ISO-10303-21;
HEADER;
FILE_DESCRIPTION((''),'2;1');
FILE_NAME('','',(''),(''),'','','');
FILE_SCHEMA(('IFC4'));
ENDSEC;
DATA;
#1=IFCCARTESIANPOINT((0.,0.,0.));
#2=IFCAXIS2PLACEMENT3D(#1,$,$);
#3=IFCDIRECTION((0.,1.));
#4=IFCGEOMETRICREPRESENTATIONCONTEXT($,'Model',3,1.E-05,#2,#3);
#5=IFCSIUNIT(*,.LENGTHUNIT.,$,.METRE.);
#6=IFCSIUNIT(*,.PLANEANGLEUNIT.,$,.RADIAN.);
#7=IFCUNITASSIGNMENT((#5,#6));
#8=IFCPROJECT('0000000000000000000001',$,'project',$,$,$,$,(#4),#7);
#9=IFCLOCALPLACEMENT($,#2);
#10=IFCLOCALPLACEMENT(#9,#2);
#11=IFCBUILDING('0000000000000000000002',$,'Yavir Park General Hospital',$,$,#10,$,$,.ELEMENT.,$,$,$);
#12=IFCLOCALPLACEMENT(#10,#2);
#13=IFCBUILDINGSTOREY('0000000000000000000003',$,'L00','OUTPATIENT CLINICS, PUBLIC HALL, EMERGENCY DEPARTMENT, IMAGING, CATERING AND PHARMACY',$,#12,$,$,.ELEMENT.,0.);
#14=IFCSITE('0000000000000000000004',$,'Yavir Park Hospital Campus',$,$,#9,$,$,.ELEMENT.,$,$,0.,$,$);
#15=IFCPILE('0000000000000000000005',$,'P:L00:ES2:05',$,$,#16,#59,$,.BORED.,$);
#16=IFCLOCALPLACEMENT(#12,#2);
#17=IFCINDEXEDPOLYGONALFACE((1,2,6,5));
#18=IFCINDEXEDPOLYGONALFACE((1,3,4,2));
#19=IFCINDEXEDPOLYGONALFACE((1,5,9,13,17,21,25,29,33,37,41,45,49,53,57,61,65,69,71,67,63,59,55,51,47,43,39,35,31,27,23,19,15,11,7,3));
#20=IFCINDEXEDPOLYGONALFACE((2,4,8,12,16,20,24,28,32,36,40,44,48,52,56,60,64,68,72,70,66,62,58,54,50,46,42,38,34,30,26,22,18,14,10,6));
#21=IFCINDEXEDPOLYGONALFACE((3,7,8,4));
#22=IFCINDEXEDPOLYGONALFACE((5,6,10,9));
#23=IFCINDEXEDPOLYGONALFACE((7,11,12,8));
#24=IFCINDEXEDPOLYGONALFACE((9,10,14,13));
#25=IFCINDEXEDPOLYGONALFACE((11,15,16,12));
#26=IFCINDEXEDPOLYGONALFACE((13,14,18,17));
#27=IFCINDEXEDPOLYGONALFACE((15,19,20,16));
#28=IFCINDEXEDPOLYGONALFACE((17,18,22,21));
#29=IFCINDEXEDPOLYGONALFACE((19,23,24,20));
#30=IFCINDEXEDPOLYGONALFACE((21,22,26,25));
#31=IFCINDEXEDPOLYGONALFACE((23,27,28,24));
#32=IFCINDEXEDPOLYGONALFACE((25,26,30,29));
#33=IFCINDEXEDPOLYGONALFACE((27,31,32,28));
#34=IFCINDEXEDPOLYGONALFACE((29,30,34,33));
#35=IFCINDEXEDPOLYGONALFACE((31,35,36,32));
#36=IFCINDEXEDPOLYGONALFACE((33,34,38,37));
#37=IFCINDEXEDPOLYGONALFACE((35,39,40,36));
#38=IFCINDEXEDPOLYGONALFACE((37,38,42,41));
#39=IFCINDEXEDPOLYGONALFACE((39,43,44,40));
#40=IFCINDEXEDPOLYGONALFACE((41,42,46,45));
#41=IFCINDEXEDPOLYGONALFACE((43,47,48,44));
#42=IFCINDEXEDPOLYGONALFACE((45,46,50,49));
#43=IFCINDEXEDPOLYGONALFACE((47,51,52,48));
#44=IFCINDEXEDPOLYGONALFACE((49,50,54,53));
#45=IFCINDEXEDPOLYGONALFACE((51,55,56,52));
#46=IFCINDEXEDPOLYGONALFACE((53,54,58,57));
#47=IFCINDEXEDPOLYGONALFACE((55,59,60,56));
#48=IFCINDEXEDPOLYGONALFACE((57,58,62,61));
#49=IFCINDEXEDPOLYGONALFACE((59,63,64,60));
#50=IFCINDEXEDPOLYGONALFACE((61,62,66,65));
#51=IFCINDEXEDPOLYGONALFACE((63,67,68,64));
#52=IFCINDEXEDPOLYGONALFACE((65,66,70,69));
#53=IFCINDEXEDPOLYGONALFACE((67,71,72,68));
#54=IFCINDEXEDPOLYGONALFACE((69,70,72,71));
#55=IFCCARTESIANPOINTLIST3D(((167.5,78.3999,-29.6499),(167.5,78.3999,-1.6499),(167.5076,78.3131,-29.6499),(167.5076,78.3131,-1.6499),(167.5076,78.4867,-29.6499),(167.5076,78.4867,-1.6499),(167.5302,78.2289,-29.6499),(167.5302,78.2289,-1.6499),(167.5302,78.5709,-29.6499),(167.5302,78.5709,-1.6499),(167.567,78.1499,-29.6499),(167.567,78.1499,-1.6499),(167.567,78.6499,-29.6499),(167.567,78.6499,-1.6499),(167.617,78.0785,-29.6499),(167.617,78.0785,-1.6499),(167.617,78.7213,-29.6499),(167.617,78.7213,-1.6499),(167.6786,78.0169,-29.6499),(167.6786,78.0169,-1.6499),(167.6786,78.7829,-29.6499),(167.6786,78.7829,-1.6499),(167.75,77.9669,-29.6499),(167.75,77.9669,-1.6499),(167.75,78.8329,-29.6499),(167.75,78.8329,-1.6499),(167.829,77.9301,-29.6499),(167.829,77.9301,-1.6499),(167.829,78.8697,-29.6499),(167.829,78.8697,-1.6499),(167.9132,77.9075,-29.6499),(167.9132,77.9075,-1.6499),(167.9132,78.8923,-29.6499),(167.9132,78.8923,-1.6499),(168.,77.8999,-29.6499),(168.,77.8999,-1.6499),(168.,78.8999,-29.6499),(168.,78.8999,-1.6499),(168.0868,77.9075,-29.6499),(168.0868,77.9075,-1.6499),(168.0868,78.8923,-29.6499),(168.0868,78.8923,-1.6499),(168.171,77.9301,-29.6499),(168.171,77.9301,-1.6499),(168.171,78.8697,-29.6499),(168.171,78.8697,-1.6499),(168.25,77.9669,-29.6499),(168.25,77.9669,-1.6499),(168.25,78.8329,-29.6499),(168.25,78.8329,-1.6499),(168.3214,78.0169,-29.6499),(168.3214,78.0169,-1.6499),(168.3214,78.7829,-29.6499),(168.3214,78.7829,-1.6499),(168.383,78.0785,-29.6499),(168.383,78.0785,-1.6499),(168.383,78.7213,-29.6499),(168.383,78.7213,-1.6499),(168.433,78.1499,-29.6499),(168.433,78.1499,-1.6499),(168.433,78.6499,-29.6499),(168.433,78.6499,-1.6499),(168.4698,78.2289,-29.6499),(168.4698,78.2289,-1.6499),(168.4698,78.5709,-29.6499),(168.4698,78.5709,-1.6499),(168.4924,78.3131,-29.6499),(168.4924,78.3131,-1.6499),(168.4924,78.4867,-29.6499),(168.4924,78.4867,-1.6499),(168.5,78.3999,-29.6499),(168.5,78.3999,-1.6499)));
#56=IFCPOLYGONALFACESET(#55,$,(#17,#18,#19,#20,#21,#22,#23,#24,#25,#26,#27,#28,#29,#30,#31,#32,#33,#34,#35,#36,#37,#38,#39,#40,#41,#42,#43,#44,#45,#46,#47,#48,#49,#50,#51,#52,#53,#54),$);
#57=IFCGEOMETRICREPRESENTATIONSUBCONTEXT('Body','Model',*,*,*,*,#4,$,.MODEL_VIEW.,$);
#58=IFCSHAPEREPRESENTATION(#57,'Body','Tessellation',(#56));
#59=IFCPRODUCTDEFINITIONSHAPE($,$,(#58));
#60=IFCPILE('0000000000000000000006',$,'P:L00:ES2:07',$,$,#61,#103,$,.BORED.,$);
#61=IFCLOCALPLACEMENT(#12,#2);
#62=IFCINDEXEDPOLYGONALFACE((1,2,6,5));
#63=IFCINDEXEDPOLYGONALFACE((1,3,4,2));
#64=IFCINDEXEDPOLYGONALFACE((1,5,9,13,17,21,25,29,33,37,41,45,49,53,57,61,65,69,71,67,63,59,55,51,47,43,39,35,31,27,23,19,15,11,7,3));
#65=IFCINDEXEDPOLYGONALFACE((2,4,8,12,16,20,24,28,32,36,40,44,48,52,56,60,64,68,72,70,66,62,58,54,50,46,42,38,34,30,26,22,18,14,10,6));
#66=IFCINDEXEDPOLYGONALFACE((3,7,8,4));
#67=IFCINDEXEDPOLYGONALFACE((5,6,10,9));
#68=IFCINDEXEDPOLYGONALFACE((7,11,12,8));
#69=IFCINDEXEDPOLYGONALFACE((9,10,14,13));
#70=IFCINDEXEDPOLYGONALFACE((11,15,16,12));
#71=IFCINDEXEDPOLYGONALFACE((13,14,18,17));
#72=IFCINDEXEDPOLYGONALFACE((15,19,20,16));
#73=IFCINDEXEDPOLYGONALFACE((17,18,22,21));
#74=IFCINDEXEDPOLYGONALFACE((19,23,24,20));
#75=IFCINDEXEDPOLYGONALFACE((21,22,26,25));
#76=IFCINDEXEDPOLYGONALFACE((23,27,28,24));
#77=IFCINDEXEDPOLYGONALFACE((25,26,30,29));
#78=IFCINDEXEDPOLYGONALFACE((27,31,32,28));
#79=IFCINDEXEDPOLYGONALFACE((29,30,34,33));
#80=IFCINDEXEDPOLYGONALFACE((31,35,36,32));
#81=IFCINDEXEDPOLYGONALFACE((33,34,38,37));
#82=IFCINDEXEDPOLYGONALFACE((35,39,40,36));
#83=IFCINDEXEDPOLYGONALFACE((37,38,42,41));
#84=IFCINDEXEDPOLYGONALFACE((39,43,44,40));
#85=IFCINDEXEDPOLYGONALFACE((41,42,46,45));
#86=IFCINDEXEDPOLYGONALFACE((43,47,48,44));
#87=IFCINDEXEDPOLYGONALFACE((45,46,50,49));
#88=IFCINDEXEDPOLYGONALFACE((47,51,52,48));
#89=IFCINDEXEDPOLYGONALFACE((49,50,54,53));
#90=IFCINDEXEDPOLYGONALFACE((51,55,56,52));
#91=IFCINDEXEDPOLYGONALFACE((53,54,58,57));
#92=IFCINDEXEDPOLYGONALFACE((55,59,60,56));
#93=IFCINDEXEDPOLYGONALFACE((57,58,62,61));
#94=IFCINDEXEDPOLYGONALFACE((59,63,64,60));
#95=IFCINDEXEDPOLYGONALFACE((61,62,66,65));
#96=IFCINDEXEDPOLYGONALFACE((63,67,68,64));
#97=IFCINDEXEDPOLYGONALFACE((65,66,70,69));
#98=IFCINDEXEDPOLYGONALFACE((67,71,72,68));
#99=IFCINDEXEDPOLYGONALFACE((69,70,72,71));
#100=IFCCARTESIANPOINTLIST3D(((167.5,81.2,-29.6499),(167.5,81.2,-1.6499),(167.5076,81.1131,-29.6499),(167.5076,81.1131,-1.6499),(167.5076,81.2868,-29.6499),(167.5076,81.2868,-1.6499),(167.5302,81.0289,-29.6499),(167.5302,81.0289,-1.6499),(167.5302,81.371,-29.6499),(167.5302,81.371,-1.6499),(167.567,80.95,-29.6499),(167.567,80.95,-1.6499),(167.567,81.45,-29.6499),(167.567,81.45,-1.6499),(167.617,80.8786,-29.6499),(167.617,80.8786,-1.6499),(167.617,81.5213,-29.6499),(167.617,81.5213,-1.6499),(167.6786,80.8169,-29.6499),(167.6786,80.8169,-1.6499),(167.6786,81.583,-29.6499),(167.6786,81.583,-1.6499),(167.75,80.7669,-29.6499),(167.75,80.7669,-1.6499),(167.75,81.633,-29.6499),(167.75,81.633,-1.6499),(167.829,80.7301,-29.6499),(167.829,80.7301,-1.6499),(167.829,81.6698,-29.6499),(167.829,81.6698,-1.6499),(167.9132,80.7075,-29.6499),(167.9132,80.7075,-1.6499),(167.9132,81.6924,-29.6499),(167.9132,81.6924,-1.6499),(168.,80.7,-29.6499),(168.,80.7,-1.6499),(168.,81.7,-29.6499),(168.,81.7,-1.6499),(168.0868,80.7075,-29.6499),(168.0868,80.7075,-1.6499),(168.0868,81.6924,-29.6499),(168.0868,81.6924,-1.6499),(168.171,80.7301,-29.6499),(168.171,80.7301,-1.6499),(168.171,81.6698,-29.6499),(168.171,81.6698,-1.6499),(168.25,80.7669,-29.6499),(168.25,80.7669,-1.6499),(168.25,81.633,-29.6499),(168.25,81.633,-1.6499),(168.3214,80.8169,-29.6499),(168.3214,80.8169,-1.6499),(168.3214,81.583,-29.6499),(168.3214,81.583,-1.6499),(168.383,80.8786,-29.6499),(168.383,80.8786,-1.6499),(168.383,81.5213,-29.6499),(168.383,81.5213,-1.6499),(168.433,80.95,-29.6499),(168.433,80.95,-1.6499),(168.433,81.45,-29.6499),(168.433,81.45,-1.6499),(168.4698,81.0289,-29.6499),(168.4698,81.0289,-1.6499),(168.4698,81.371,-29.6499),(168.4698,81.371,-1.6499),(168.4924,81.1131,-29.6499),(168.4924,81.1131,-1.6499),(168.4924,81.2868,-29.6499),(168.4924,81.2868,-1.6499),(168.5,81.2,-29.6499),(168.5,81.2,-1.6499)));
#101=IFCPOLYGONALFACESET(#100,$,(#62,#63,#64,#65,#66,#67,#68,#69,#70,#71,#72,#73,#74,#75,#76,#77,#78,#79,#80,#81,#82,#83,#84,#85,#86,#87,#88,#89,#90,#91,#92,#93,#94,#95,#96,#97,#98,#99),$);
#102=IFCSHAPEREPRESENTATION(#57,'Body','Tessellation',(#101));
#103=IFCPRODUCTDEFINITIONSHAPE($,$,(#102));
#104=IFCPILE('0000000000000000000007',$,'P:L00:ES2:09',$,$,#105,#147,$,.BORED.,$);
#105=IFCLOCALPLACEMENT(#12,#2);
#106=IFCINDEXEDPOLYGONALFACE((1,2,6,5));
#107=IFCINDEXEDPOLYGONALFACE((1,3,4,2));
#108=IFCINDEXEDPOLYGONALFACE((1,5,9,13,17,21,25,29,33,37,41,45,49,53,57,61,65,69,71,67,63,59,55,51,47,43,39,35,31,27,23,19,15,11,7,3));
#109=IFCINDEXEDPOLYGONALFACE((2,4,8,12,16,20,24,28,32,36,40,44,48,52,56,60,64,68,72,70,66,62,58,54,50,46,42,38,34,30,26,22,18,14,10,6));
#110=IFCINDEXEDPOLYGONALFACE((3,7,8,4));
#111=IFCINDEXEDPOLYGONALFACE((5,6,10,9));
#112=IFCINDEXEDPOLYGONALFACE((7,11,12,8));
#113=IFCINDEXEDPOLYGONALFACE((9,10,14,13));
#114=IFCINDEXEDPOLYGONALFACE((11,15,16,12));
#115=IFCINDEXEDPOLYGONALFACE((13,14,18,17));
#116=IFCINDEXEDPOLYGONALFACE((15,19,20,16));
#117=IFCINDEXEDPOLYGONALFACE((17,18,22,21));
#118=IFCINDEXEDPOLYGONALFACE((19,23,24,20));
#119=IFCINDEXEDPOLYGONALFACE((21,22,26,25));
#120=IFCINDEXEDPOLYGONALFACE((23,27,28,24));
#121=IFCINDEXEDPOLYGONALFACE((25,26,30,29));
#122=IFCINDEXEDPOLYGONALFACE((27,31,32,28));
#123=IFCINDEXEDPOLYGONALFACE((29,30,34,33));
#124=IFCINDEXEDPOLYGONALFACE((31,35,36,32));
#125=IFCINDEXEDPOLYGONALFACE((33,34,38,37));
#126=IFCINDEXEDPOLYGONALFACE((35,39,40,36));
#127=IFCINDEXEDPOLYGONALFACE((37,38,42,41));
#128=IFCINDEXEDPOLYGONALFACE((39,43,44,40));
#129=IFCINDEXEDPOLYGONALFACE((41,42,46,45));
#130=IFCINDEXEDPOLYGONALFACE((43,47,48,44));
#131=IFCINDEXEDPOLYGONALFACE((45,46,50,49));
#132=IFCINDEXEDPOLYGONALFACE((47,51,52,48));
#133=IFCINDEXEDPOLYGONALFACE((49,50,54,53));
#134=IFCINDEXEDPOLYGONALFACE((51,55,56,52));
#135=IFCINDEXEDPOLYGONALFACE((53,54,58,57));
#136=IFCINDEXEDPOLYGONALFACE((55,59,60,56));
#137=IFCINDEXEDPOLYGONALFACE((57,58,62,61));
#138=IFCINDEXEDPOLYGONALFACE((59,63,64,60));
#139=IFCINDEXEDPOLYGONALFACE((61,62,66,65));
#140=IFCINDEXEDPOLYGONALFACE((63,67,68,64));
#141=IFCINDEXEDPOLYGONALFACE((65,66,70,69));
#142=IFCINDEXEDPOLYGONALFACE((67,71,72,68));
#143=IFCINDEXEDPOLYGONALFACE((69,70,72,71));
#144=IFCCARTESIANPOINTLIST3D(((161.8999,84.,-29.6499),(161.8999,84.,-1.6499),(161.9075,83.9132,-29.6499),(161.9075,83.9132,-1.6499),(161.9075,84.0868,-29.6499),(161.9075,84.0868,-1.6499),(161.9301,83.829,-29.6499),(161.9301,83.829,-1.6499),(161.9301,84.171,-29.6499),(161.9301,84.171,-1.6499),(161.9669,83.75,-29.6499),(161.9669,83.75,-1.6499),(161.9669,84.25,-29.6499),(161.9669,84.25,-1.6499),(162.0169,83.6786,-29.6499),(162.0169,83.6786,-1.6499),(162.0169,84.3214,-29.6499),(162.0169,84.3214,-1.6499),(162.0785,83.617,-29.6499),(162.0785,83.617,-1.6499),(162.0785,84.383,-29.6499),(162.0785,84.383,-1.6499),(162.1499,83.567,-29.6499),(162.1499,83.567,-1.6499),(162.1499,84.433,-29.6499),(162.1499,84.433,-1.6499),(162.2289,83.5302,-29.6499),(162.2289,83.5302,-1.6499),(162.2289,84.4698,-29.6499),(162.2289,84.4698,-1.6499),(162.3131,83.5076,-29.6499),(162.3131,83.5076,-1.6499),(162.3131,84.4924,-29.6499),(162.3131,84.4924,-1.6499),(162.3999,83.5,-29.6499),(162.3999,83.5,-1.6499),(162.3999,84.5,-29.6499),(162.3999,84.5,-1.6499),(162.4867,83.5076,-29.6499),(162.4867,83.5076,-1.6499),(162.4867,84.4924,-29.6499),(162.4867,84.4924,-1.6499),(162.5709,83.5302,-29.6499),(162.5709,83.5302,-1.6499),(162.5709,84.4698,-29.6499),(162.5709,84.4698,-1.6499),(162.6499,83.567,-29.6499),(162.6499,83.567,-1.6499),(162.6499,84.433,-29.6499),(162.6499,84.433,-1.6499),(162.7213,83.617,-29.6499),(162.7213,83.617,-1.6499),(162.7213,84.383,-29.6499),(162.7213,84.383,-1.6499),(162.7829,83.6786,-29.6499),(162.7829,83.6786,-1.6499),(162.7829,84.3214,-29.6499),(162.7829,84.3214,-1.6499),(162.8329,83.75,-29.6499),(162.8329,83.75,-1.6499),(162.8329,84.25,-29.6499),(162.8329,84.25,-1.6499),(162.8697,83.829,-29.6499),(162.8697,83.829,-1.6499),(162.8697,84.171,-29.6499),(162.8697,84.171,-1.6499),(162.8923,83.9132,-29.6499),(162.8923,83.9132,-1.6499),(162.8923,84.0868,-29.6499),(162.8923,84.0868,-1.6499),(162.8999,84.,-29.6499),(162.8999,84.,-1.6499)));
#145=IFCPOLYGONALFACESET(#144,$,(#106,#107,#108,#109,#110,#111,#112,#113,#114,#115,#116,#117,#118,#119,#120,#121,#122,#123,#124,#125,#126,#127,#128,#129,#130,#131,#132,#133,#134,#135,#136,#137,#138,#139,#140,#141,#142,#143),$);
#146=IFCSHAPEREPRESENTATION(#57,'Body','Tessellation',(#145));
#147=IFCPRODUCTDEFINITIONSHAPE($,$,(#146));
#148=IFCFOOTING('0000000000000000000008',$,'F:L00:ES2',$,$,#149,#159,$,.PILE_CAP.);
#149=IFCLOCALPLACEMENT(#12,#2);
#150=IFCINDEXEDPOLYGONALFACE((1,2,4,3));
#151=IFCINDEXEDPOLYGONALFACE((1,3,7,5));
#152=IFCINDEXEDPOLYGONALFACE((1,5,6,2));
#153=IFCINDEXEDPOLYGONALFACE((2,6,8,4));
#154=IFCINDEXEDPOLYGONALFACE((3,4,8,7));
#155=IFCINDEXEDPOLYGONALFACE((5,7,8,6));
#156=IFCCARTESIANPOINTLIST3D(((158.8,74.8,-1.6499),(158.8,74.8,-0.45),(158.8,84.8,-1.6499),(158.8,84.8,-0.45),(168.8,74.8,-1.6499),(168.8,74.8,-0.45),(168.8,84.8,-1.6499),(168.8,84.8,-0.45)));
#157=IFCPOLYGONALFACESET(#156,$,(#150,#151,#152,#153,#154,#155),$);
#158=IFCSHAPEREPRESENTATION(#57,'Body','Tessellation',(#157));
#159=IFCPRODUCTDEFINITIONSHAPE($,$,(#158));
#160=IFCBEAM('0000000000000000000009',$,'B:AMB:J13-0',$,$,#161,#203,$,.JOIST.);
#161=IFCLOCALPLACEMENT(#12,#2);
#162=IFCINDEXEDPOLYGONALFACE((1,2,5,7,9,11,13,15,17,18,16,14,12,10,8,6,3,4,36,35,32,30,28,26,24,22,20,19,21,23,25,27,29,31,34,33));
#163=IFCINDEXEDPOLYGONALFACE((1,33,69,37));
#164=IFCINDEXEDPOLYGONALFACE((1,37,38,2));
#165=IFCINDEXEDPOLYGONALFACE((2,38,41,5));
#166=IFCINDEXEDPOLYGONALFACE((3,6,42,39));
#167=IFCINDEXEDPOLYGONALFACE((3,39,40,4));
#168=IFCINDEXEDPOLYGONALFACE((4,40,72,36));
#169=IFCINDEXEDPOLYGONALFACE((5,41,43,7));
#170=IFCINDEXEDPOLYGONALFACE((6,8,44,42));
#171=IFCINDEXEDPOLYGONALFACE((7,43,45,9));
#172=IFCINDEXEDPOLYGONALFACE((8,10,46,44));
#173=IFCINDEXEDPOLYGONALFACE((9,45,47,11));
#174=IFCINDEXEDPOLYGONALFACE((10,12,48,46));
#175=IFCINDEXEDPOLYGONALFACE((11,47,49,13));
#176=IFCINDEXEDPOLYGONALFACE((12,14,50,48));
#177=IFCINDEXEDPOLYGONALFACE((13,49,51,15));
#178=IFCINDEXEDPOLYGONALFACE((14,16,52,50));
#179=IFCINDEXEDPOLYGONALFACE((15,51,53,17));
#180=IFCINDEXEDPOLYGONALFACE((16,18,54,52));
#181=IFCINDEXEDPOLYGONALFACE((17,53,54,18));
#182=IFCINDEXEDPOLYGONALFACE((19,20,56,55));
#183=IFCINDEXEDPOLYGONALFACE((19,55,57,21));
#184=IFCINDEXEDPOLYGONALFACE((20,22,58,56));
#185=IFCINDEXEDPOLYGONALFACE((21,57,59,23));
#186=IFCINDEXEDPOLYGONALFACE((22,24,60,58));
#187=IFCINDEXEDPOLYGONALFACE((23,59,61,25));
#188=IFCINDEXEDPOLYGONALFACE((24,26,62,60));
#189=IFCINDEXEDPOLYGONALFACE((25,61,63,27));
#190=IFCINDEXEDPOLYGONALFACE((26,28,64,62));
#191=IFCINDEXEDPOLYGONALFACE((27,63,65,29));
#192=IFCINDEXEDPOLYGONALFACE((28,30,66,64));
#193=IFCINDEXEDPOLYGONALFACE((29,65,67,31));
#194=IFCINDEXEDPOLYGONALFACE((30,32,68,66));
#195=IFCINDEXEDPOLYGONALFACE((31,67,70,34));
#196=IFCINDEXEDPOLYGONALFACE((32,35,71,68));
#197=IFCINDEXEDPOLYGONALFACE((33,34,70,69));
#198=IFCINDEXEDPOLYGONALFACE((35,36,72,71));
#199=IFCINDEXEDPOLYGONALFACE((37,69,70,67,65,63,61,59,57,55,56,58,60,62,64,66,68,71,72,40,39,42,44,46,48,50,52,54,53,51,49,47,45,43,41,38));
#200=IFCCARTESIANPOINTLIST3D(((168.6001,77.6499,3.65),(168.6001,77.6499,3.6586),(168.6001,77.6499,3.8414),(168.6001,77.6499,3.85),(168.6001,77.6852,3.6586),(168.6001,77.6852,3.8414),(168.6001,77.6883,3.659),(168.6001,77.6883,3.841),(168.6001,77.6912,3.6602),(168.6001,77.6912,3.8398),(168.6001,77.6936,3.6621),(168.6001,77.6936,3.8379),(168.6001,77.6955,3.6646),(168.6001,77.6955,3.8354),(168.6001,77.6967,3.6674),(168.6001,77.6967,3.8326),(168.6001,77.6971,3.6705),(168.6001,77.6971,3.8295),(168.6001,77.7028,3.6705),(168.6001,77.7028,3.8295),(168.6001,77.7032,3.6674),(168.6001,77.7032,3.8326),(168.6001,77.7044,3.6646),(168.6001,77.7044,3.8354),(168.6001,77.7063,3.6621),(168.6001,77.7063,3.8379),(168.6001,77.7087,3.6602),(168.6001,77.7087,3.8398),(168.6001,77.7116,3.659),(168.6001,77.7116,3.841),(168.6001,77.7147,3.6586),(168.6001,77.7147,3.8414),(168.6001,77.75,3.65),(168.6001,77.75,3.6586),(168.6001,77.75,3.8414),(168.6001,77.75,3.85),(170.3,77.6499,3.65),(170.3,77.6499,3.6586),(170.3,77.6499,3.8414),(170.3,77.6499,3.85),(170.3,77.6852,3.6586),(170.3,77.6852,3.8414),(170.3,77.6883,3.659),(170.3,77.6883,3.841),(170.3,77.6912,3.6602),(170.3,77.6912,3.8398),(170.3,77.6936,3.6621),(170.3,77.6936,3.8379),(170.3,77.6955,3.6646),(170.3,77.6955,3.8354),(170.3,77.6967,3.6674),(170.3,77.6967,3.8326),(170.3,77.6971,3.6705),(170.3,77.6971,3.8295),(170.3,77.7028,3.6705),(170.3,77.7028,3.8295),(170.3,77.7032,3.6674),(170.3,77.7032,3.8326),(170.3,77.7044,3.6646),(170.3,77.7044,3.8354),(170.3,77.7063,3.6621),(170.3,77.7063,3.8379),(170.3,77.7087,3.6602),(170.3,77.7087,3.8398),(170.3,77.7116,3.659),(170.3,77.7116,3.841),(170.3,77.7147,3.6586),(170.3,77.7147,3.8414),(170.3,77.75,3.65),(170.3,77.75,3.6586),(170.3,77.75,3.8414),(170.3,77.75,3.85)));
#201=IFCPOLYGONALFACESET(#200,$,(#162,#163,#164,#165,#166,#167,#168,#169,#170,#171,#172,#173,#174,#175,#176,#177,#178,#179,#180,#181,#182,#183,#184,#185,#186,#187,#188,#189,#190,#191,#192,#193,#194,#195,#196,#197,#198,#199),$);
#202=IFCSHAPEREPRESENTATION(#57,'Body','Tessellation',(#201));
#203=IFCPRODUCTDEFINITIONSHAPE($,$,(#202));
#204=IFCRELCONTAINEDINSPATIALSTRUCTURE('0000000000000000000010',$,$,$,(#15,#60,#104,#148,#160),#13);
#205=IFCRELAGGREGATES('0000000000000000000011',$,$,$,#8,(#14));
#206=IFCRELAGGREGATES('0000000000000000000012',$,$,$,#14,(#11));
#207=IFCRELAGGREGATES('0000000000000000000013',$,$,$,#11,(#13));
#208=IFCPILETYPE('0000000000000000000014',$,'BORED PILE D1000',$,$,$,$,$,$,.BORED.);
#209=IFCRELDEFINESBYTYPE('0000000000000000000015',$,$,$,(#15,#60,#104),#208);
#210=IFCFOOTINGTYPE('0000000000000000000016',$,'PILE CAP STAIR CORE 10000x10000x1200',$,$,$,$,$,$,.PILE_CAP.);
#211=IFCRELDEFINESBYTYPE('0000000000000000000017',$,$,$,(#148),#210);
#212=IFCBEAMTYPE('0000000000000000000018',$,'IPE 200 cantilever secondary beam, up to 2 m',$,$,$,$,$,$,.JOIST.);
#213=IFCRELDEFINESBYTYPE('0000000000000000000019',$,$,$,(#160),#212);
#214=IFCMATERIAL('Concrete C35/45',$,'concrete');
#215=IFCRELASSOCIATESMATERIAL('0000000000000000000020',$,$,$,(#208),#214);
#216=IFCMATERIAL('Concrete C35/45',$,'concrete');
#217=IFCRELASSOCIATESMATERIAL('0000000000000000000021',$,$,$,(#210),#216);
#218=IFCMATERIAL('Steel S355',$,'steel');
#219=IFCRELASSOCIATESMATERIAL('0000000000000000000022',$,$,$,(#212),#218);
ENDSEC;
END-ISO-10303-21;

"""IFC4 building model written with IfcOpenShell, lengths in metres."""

from ifc_helpers import new_model, si_unit, direction, frame, origin, origin_2d, place, context, subcontext, project, spatial, rectangle, circle, i_section, extrude, material, material_profile, profile_set, type_object, element, save


model = new_model("IFC4")

# Units and contexts
model_context = context("Model", 3, precision=1e-05, world=origin(), true_north=direction((0.0, 1.0)))
body_context = subcontext(model_context, "Body", "Model", "MODEL_VIEW")
ifc_project = project(units=[si_unit("LENGTHUNIT", "METRE"), si_unit("PLANEANGLEUNIT", "RADIAN")], contexts=[model_context])

# Site, building, storey
site_placement = place(None, origin())
site = spatial("IfcSite", under=ifc_project, at=site_placement, Name="Yavir Park Hospital Campus", CompositionType="ELEMENT", RefElevation=0.0)
building_placement = place(site_placement, origin())
building = spatial("IfcBuilding", under=site, at=building_placement, Name="Yavir Park General Hospital", CompositionType="ELEMENT")
storey_placement = place(building_placement, origin())
storey = spatial("IfcBuildingStorey", under=building, at=storey_placement, Name="L00", Description="OUTPATIENT CLINICS, PUBLIC HALL, EMERGENCY DEPARTMENT, IMAGING, CATERING AND PHARMACY", CompositionType="ELEMENT", Elevation=0.0)

# Piles
ifc_material_1 = material(Name="Concrete C35/45", Category="concrete")
ifc_material_profile_1 = material_profile(ifc_material_1, circle(Radius=0.5, at=origin_2d()), Name="D1000")
ifc_profile_set_1 = profile_set([ifc_material_profile_1], Name="Concrete C35/45")
pile_type = type_object("IfcPileType", Name="BORED PILE D1000", PredefinedType="BORED", material=ifc_profile_set_1)
for number, where, z_axis, x_axis, name in (
    (1, (168.0, 78.3999, -1.6499), (0.0, 0.0, -1.0), (1.0, 0.0, 0.0), "P:L00:ES2:05"),
    (2, (168.0, 81.2, -1.6499), (0.0, 0.0, -1.0), (1.0, 0.0, 0.0), "P:L00:ES2:07"),
    (3, (162.3999, 84.0, -1.6499), (0.0, 0.0, -1.0), (1.0, 0.0, 0.0), "P:L00:ES2:09"),
):
    element("IfcPile", number, at=place(storey_placement, frame(where, z_axis=z_axis, x_axis=x_axis)), inside=storey, type_object=pile_type, Name=name, PredefinedType="BORED", context=body_context, shape_type="SweptSolid", body=[
        extrude(circle(Radius=0.5, at=origin_2d()), origin(), (0.0, 0.0, 1.0), 28.0),
    ])

# Footing
ifc_material_2 = material(Name="Concrete C35/45", Category="concrete")
footing_type = type_object("IfcFootingType", Name="PILE CAP STAIR CORE 10000x10000x1200", PredefinedType="PILE_CAP", material=ifc_material_2)
footing_placement = place(storey_placement, frame((163.8, 79.8, -1.6499), z_axis=(0.0, 0.0, 1.0), x_axis=(1.0, 0.0, 0.0)))
element("IfcFooting", 4, at=footing_placement, inside=storey, type_object=footing_type, Name="F:L00:ES2", PredefinedType="PILE_CAP", context=body_context, shape_type="SweptSolid", body=[
    extrude(rectangle(XDim=10.0, YDim=10.0, at=origin_2d()), origin(), (0.0, 0.0, 1.0), 1.2),
])

# Beam
ifc_material_3 = material(Name="Steel S355", Category="steel")
ifc_material_profile_2 = material_profile(ifc_material_3, i_section(OverallWidth=0.1001, OverallDepth=0.2, WebThickness=0.0056, FlangeThickness=0.0085, FilletRadius=0.012, at=origin_2d()), Name="IPE200")
ifc_profile_set_2 = profile_set([ifc_material_profile_2], Name="Steel S355")
beam_type_1 = type_object("IfcBeamType", Name="IPE 200 cantilever secondary beam, up to 2 m", PredefinedType="JOIST", material=ifc_profile_set_2)
for number, where, z_axis, x_axis, name in (
    (5, (168.6001, 77.7, 3.75), (1.0, 0.0, 0.0), (0.0, 1.0, 0.0), "B:AMB:J13-0"),
):
    element("IfcBeam", number, at=place(storey_placement, frame(where, z_axis=z_axis, x_axis=x_axis)), inside=storey, type_object=beam_type_1, Name=name, PredefinedType="JOIST", context=body_context, shape_type="SweptSolid", body=[
        extrude(i_section(OverallWidth=0.1001, OverallDepth=0.2, WebThickness=0.0056, FlangeThickness=0.0085, FilletRadius=0.012, at=origin_2d()), origin(), (0.0, 0.0, 1.0), 1.7),
    ])

save(model, "model.ifc")
